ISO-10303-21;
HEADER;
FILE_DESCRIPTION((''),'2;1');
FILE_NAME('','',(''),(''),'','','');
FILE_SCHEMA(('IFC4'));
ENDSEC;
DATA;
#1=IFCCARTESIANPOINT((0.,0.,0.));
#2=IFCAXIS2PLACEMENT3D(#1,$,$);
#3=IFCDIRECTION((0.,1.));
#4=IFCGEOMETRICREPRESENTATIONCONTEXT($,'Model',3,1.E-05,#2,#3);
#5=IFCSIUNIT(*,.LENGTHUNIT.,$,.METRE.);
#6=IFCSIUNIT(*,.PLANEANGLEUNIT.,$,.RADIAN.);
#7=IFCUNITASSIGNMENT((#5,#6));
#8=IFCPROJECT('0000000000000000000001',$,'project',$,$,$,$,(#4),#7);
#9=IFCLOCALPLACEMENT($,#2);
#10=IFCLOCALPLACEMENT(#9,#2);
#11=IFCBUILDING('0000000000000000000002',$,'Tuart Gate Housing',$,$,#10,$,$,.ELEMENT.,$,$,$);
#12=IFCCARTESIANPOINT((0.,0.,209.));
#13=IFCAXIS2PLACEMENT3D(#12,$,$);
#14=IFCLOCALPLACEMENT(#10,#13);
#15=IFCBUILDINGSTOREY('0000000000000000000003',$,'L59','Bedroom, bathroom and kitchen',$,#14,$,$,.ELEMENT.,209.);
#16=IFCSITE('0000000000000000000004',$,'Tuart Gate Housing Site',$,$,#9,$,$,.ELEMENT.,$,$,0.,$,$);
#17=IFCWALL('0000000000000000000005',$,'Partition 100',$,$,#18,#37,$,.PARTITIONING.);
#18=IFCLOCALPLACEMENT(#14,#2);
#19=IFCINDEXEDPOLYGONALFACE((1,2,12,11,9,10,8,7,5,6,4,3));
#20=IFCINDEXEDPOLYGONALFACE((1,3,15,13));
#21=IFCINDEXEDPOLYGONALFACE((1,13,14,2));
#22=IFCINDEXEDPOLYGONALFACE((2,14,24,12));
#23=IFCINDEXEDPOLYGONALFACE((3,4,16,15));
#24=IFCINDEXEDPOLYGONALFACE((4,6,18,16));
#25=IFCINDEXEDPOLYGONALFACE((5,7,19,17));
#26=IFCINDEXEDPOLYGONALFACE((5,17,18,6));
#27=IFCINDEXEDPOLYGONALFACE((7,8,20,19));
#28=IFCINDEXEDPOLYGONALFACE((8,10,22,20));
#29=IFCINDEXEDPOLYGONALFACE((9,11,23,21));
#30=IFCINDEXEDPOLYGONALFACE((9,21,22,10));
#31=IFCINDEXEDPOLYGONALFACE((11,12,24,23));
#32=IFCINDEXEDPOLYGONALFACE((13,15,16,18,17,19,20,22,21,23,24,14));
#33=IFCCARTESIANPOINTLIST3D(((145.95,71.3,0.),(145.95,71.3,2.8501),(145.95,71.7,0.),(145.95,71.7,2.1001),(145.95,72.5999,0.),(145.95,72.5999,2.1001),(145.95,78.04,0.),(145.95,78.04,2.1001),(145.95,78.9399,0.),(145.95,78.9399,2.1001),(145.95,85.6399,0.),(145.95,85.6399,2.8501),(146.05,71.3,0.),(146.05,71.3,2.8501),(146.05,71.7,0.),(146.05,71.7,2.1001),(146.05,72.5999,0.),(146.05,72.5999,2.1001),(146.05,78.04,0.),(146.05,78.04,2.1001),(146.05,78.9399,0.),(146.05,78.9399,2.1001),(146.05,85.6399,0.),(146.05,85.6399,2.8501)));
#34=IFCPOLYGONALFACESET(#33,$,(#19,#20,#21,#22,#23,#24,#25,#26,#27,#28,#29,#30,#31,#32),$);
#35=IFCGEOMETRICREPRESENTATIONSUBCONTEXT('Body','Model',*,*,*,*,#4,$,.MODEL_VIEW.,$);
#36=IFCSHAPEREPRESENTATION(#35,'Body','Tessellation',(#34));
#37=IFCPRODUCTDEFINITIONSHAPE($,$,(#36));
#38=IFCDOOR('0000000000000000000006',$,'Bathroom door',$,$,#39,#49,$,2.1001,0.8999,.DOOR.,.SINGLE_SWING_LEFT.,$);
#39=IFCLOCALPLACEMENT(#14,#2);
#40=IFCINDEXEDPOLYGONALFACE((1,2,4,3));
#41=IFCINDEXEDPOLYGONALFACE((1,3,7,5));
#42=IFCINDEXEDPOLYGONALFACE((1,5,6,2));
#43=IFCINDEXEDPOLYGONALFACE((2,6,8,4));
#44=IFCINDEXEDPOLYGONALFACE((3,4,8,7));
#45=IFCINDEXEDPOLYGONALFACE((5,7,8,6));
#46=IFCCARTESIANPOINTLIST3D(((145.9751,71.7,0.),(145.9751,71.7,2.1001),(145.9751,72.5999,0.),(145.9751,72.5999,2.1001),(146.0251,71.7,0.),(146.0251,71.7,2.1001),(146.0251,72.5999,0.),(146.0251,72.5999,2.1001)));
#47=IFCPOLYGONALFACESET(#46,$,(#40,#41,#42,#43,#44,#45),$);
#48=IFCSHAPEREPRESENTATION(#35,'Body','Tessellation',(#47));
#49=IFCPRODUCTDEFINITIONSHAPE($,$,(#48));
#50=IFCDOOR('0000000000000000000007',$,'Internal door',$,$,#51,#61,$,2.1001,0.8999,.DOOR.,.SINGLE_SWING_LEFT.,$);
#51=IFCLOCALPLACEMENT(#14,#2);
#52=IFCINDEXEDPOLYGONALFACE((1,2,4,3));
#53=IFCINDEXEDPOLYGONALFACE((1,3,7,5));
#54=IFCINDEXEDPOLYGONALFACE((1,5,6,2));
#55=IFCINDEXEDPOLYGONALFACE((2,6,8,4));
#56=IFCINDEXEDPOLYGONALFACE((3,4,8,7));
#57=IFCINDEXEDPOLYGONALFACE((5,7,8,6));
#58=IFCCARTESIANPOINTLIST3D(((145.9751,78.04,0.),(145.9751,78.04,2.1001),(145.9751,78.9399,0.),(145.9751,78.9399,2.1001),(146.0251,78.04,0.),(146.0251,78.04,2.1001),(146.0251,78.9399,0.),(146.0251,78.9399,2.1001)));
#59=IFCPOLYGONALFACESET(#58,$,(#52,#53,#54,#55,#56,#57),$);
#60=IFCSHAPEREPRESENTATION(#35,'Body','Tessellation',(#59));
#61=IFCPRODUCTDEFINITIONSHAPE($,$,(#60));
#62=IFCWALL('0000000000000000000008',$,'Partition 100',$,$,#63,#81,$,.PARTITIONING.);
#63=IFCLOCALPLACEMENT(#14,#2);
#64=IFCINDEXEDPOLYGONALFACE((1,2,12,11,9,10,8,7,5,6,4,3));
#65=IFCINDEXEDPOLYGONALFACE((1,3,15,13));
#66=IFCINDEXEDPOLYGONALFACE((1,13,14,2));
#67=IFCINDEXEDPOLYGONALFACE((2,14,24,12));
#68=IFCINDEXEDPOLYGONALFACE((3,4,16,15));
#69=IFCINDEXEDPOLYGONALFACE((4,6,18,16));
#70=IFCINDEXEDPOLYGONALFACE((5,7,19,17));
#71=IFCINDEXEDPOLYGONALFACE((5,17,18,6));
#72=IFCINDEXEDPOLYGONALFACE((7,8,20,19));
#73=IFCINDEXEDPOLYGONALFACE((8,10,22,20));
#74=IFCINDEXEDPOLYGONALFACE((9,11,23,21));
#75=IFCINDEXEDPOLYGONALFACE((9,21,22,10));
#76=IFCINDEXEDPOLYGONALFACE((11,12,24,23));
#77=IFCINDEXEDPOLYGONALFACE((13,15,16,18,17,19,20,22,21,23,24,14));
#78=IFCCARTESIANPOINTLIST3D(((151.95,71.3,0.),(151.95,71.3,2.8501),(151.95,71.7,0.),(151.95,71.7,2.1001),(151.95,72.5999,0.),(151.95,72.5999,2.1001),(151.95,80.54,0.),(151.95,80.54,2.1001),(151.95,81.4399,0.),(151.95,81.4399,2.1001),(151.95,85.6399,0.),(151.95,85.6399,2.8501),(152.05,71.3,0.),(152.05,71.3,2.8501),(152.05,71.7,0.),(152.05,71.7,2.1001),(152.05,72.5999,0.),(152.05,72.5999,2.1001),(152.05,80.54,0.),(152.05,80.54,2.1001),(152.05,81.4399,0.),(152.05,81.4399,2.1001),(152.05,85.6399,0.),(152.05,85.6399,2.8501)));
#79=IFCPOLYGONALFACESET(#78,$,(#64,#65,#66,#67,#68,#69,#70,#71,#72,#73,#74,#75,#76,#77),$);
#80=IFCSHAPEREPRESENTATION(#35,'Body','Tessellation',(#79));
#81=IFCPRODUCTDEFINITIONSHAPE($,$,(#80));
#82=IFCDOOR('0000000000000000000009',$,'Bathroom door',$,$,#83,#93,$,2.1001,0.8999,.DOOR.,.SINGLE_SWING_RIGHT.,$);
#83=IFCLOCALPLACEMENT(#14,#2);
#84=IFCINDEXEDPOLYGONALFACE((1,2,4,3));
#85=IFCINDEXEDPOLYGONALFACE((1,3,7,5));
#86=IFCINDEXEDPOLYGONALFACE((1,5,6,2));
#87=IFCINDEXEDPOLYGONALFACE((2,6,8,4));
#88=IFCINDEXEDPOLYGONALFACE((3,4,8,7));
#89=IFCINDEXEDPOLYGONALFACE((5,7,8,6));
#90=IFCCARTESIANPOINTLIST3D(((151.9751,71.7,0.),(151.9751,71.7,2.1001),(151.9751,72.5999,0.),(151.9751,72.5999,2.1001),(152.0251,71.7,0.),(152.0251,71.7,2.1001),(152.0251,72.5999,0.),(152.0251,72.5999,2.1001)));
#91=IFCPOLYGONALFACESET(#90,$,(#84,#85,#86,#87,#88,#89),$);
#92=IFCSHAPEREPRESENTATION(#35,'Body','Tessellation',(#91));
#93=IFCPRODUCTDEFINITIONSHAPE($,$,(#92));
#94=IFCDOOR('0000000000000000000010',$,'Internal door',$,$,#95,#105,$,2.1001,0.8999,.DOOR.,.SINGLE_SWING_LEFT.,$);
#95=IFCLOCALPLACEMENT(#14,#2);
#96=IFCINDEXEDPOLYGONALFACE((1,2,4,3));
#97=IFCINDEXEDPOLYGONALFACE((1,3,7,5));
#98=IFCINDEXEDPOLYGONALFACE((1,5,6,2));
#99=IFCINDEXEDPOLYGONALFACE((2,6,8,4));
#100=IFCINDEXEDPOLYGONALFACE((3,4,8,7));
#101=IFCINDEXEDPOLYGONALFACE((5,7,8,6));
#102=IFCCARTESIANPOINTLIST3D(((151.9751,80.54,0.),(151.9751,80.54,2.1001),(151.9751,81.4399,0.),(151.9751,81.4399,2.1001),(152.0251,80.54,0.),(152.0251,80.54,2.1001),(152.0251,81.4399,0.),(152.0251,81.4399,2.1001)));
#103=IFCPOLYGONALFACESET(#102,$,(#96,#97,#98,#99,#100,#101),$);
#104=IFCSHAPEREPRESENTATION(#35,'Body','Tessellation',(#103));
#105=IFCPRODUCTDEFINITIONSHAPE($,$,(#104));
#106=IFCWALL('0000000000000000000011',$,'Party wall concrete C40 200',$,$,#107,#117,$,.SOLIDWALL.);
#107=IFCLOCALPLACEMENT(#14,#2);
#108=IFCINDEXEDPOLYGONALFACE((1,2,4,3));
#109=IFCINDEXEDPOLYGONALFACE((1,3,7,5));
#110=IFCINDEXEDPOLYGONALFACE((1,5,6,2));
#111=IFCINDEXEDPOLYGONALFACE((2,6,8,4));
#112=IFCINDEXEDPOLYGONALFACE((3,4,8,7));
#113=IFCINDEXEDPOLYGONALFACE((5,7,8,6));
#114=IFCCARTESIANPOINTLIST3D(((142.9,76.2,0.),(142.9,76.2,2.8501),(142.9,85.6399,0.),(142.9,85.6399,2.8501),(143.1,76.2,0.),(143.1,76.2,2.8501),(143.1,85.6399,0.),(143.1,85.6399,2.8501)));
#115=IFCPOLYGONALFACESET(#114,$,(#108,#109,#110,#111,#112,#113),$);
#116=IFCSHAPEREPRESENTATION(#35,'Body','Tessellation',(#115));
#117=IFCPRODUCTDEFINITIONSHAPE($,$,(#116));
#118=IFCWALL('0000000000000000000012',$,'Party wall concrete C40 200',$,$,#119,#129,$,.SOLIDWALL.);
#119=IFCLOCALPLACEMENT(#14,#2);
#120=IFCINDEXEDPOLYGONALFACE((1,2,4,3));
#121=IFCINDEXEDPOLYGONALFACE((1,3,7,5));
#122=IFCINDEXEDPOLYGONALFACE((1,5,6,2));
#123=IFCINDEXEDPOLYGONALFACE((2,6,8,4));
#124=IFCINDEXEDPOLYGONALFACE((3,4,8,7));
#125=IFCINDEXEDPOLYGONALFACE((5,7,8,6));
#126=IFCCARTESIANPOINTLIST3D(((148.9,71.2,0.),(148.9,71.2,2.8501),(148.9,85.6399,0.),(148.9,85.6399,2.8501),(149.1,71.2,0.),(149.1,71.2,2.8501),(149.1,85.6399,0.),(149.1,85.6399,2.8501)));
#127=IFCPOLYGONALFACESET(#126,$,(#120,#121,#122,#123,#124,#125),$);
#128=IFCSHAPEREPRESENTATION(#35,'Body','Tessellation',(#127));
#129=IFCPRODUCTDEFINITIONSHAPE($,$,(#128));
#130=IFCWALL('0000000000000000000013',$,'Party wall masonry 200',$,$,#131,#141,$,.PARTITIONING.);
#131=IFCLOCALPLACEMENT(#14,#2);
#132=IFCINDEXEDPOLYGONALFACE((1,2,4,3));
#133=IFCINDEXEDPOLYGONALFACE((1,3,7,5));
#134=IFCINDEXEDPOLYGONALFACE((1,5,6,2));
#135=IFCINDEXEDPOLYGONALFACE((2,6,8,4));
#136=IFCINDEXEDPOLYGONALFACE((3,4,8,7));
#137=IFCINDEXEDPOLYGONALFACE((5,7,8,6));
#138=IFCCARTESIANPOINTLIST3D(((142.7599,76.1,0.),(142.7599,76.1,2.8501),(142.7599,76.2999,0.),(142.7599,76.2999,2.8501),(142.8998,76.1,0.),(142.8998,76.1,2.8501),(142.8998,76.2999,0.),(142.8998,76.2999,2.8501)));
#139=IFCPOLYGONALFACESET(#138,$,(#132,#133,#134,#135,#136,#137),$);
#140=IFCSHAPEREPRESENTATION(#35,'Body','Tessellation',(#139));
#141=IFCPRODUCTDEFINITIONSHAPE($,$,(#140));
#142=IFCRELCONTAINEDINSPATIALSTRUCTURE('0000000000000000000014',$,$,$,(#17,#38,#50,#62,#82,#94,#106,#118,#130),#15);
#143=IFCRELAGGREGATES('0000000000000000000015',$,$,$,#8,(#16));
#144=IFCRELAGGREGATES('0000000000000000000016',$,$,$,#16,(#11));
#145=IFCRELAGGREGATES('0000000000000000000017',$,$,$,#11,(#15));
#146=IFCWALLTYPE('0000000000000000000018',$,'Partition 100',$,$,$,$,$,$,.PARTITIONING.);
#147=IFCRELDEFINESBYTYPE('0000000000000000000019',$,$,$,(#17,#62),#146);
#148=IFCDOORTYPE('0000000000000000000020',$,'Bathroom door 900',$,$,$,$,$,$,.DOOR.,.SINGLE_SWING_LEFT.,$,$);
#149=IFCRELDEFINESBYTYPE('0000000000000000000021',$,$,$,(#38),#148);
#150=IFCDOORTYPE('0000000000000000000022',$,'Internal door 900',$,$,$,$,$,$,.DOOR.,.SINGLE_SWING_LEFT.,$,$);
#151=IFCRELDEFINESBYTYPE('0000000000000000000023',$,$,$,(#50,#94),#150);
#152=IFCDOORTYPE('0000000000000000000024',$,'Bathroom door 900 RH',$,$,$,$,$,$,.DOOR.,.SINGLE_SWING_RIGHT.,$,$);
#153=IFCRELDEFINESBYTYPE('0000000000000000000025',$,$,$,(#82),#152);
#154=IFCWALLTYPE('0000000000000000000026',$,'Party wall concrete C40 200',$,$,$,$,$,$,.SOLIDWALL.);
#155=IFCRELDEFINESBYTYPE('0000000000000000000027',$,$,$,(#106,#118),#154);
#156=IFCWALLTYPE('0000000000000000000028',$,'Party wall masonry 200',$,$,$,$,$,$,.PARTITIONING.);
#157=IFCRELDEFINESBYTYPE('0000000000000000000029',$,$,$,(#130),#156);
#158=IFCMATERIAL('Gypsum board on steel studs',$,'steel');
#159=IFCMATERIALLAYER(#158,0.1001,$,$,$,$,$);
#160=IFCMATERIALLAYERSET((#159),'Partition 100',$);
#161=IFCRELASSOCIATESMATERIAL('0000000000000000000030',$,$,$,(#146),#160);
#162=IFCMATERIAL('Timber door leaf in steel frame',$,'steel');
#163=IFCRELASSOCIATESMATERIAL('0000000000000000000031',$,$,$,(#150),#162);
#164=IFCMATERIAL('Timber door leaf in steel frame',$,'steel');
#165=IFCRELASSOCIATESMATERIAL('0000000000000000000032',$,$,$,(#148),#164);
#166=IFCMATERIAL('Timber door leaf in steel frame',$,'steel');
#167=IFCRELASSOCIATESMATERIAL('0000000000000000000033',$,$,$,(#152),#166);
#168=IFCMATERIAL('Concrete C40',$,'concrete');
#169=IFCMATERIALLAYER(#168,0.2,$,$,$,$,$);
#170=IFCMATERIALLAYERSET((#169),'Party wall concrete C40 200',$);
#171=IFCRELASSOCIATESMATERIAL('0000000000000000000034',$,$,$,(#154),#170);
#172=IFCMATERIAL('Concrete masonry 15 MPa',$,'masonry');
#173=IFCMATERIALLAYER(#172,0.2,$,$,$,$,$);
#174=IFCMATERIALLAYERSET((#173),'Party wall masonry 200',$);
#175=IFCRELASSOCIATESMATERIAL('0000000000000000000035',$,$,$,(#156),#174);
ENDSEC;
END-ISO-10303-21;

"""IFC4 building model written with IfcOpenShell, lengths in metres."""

from ifc_helpers import new_model, si_unit, direction, frame, frame_2d, origin, place, context, subcontext, project, spatial, rectangle, extrude, material, layer, layer_set, type_object, element, fill, save


model = new_model("IFC4")

# Units and contexts
model_context = context("Model", 3, precision=1e-05, world=origin(), true_north=direction((0.0, 1.0)))
body_context = subcontext(model_context, "Body", "Model", "MODEL_VIEW")
ifc_project = project(units=[si_unit("LENGTHUNIT", "METRE"), si_unit("PLANEANGLEUNIT", "RADIAN")], contexts=[model_context])

# Site, building, storey
site_placement = place(None, origin())
site = spatial("IfcSite", under=ifc_project, at=site_placement, Name="Tuart Gate Housing Site", CompositionType="ELEMENT", RefElevation=0.0)
building_placement = place(site_placement, origin())
building = spatial("IfcBuilding", under=site, at=building_placement, Name="Tuart Gate Housing", CompositionType="ELEMENT")
storey_placement = place(building_placement, frame((0.0, 0.0, 209.0)))
storey = spatial("IfcBuildingStorey", under=building, at=storey_placement, Name="L59", Description="Bedroom, bathroom and kitchen", CompositionType="ELEMENT", Elevation=209.0)

# Shared definitions
ifc_material_1 = material(Name="Gypsum board on steel studs", Category="steel")
ifc_layer_1 = layer(ifc_material_1, 0.1001)
ifc_layer_set_1 = layer_set([ifc_layer_1], Name="Partition 100")
wall_type_1 = type_object("IfcWallType", Name="Partition 100", PredefinedType="PARTITIONING", material=ifc_layer_set_1)

# Shared definitions
ifc_material_2 = material(Name="Timber door leaf in steel frame", Category="steel")
door_type_1 = type_object("IfcDoorType", Name="Internal door 900", OperationType="SINGLE_SWING_LEFT", PredefinedType="DOOR", material=ifc_material_2)

# Walls, openings, doors
wall_1_placement = place(storey_placement, frame((146.0, 71.3, 0.0), z_axis=(0.0, 0.0, 1.0), x_axis=(0.0, 1.0, 0.0)))
wall_1 = element("IfcWall", 1, at=wall_1_placement, inside=storey, type_object=wall_type_1, Name="Partition 100", PredefinedType="PARTITIONING", context=body_context, shape_type="SweptSolid", body=[
    extrude(rectangle(XDim=14.3398, YDim=0.1001, at=frame_2d((7.1699, 0.0))), origin(), (0.0, 0.0, 1.0), 2.8501),
])
opening_1_placement = place(wall_1_placement, frame((6.74, 0.0, 0.0)))
opening_1 = element("IfcOpeningElement", 2, at=opening_1_placement, cuts=wall_1, PredefinedType="OPENING", context=body_context, shape_type="SweptSolid", body=[
    extrude(rectangle(XDim=0.8999, YDim=2.1001, at=frame_2d((0.45, 1.05))), frame((0.0, 0.0601, 0.0), z_axis=(0.0, -1.0, 0.0), x_axis=(1.0, 0.0, 0.0)), (0.0, 0.0, 1.0), 0.1201),
])
opening_2_placement = place(wall_1_placement, frame((0.3999, 0.0, 0.0)))
opening_2 = element("IfcOpeningElement", 3, at=opening_2_placement, cuts=wall_1, PredefinedType="OPENING", context=body_context, shape_type="SweptSolid", body=[
    extrude(rectangle(XDim=0.8999, YDim=2.1001, at=frame_2d((0.45, 1.05))), frame((0.0, 0.0601, 0.0), z_axis=(0.0, -1.0, 0.0), x_axis=(1.0, 0.0, 0.0)), (0.0, 0.0, 1.0), 0.1201),
])
ifc_material_3 = material(Name="Timber door leaf in steel frame", Category="steel")
door_type_2 = type_object("IfcDoorType", Name="Bathroom door 900", OperationType="SINGLE_SWING_LEFT", PredefinedType="DOOR", material=ifc_material_3)
door_1_placement = place(opening_2_placement, origin())
door_1 = element("IfcDoor", 4, at=door_1_placement, inside=storey, type_object=door_type_2, Name="Bathroom door", OperationType="SINGLE_SWING_LEFT", OverallHeight=2.1001, OverallWidth=0.8999, PredefinedType="DOOR", context=body_context, shape_type="SweptSolid", body=[
    extrude(rectangle(XDim=0.8999, YDim=2.1001, at=frame_2d((0.45, 1.05))), frame((0.0, 0.0249, 0.0), z_axis=(0.0, -1.0, 0.0), x_axis=(1.0, 0.0, 0.0)), (0.0, 0.0, 1.0), 0.05),
])
fill(opening_2, door_1)
door_2_placement = place(opening_1_placement, origin())
door_2 = element("IfcDoor", 5, at=door_2_placement, inside=storey, type_object=door_type_1, Name="Internal door", OperationType="SINGLE_SWING_LEFT", OverallHeight=2.1001, OverallWidth=0.8999, PredefinedType="DOOR", context=body_context, shape_type="SweptSolid", body=[
    extrude(rectangle(XDim=0.8999, YDim=2.1001, at=frame_2d((0.45, 1.05))), frame((0.0, 0.0249, 0.0), z_axis=(0.0, -1.0, 0.0), x_axis=(1.0, 0.0, 0.0)), (0.0, 0.0, 1.0), 0.05),
])
fill(opening_1, door_2)
wall_2_placement = place(storey_placement, frame((152.0, 71.3, 0.0), z_axis=(0.0, 0.0, 1.0), x_axis=(0.0, 1.0, 0.0)))
wall_2 = element("IfcWall", 6, at=wall_2_placement, inside=storey, type_object=wall_type_1, Name="Partition 100", PredefinedType="PARTITIONING", context=body_context, shape_type="SweptSolid", body=[
    extrude(rectangle(XDim=14.3398, YDim=0.1001, at=frame_2d((7.1699, 0.0))), origin(), (0.0, 0.0, 1.0), 2.8501),
])
opening_3_placement = place(wall_2_placement, frame((9.24, 0.0, 0.0)))
opening_3 = element("IfcOpeningElement", 7, at=opening_3_placement, cuts=wall_2, PredefinedType="OPENING", context=body_context, shape_type="SweptSolid", body=[
    extrude(rectangle(XDim=0.8999, YDim=2.1001, at=frame_2d((0.45, 1.05))), frame((0.0, 0.0601, 0.0), z_axis=(0.0, -1.0, 0.0), x_axis=(1.0, 0.0, 0.0)), (0.0, 0.0, 1.0), 0.1201),
])
opening_4_placement = place(wall_2_placement, frame((0.3999, 0.0, 0.0)))
opening_4 = element("IfcOpeningElement", 8, at=opening_4_placement, cuts=wall_2, PredefinedType="OPENING", context=body_context, shape_type="SweptSolid", body=[
    extrude(rectangle(XDim=0.8999, YDim=2.1001, at=frame_2d((0.45, 1.05))), frame((0.0, 0.0601, 0.0), z_axis=(0.0, -1.0, 0.0), x_axis=(1.0, 0.0, 0.0)), (0.0, 0.0, 1.0), 0.1201),
])
ifc_material_4 = material(Name="Timber door leaf in steel frame", Category="steel")
door_type_3 = type_object("IfcDoorType", Name="Bathroom door 900 RH", OperationType="SINGLE_SWING_RIGHT", PredefinedType="DOOR", material=ifc_material_4)
door_3_placement = place(opening_4_placement, frame((0.8999, 0.0, 0.0), z_axis=(0.0, 0.0, 1.0), x_axis=(-1.0, 0.0, 0.0)))
door_3 = element("IfcDoor", 9, at=door_3_placement, inside=storey, type_object=door_type_3, Name="Bathroom door", OperationType="SINGLE_SWING_RIGHT", OverallHeight=2.1001, OverallWidth=0.8999, PredefinedType="DOOR", context=body_context, shape_type="SweptSolid", body=[
    extrude(rectangle(XDim=0.8999, YDim=2.1001, at=frame_2d((0.45, 1.05))), frame((0.0, 0.0251, 0.0), z_axis=(0.0, -1.0, 0.0), x_axis=(1.0, 0.0, 0.0)), (0.0, 0.0, 1.0), 0.05),
])
fill(opening_4, door_3)
door_4_placement = place(opening_3_placement, frame((0.8999, 0.0, 0.0), z_axis=(0.0, 0.0, 1.0), x_axis=(-1.0, 0.0, 0.0)))
door_4 = element("IfcDoor", 10, at=door_4_placement, inside=storey, type_object=door_type_1, Name="Internal door", OperationType="SINGLE_SWING_LEFT", OverallHeight=2.1001, OverallWidth=0.8999, PredefinedType="DOOR", context=body_context, shape_type="SweptSolid", body=[
    extrude(rectangle(XDim=0.8999, YDim=2.1001, at=frame_2d((0.45, 1.05))), frame((0.0, 0.0251, 0.0), z_axis=(0.0, -1.0, 0.0), x_axis=(1.0, 0.0, 0.0)), (0.0, 0.0, 1.0), 0.05),
])
fill(opening_3, door_4)

# Walls
ifc_material_5 = material(Name="Concrete C40", Category="concrete")
ifc_layer_2 = layer(ifc_material_5, 0.2)
ifc_layer_set_2 = layer_set([ifc_layer_2], Name="Party wall concrete C40 200")
wall_type_2 = type_object("IfcWallType", Name="Party wall concrete C40 200", PredefinedType="SOLIDWALL", material=ifc_layer_set_2)
wall_3_placement = place(storey_placement, frame((143.0, 76.2, 0.0), z_axis=(0.0, 0.0, 1.0), x_axis=(0.0, 1.0, 0.0)))
element("IfcWall", 11, at=wall_3_placement, inside=storey, type_object=wall_type_2, Name="Party wall concrete C40 200", PredefinedType="SOLIDWALL", context=body_context, shape_type="SweptSolid", body=[
    extrude(rectangle(XDim=9.4399, YDim=0.2, at=frame_2d((4.72, 0.0))), origin(), (0.0, 0.0, 1.0), 2.8501),
])
wall_4_placement = place(storey_placement, frame((149.0, 71.2, 0.0), z_axis=(0.0, 0.0, 1.0), x_axis=(0.0, 1.0, 0.0)))
element("IfcWall", 12, at=wall_4_placement, inside=storey, type_object=wall_type_2, Name="Party wall concrete C40 200", PredefinedType="SOLIDWALL", context=body_context, shape_type="SweptSolid", body=[
    extrude(rectangle(XDim=14.4399, YDim=0.2, at=frame_2d((7.22, 0.0))), origin(), (0.0, 0.0, 1.0), 2.8501),
])
ifc_material_6 = material(Name="Concrete masonry 15 MPa", Category="masonry")
ifc_layer_3 = layer(ifc_material_6, 0.2)
ifc_layer_set_3 = layer_set([ifc_layer_3], Name="Party wall masonry 200")
wall_type_3 = type_object("IfcWallType", Name="Party wall masonry 200", PredefinedType="PARTITIONING", material=ifc_layer_set_3)
wall_5_placement = place(storey_placement, frame((142.76, 76.2, 0.0), z_axis=(0.0, 0.0, 1.0), x_axis=(1.0, 0.0, 0.0)))
element("IfcWall", 13, at=wall_5_placement, inside=storey, type_object=wall_type_3, Name="Party wall masonry 200", PredefinedType="PARTITIONING", context=body_context, shape_type="SweptSolid", body=[
    extrude(rectangle(XDim=0.1399, YDim=0.2, at=frame_2d((0.0698, 0.0))), origin(), (0.0, 0.0, 1.0), 2.8501),
])

save(model, "model.ifc")
